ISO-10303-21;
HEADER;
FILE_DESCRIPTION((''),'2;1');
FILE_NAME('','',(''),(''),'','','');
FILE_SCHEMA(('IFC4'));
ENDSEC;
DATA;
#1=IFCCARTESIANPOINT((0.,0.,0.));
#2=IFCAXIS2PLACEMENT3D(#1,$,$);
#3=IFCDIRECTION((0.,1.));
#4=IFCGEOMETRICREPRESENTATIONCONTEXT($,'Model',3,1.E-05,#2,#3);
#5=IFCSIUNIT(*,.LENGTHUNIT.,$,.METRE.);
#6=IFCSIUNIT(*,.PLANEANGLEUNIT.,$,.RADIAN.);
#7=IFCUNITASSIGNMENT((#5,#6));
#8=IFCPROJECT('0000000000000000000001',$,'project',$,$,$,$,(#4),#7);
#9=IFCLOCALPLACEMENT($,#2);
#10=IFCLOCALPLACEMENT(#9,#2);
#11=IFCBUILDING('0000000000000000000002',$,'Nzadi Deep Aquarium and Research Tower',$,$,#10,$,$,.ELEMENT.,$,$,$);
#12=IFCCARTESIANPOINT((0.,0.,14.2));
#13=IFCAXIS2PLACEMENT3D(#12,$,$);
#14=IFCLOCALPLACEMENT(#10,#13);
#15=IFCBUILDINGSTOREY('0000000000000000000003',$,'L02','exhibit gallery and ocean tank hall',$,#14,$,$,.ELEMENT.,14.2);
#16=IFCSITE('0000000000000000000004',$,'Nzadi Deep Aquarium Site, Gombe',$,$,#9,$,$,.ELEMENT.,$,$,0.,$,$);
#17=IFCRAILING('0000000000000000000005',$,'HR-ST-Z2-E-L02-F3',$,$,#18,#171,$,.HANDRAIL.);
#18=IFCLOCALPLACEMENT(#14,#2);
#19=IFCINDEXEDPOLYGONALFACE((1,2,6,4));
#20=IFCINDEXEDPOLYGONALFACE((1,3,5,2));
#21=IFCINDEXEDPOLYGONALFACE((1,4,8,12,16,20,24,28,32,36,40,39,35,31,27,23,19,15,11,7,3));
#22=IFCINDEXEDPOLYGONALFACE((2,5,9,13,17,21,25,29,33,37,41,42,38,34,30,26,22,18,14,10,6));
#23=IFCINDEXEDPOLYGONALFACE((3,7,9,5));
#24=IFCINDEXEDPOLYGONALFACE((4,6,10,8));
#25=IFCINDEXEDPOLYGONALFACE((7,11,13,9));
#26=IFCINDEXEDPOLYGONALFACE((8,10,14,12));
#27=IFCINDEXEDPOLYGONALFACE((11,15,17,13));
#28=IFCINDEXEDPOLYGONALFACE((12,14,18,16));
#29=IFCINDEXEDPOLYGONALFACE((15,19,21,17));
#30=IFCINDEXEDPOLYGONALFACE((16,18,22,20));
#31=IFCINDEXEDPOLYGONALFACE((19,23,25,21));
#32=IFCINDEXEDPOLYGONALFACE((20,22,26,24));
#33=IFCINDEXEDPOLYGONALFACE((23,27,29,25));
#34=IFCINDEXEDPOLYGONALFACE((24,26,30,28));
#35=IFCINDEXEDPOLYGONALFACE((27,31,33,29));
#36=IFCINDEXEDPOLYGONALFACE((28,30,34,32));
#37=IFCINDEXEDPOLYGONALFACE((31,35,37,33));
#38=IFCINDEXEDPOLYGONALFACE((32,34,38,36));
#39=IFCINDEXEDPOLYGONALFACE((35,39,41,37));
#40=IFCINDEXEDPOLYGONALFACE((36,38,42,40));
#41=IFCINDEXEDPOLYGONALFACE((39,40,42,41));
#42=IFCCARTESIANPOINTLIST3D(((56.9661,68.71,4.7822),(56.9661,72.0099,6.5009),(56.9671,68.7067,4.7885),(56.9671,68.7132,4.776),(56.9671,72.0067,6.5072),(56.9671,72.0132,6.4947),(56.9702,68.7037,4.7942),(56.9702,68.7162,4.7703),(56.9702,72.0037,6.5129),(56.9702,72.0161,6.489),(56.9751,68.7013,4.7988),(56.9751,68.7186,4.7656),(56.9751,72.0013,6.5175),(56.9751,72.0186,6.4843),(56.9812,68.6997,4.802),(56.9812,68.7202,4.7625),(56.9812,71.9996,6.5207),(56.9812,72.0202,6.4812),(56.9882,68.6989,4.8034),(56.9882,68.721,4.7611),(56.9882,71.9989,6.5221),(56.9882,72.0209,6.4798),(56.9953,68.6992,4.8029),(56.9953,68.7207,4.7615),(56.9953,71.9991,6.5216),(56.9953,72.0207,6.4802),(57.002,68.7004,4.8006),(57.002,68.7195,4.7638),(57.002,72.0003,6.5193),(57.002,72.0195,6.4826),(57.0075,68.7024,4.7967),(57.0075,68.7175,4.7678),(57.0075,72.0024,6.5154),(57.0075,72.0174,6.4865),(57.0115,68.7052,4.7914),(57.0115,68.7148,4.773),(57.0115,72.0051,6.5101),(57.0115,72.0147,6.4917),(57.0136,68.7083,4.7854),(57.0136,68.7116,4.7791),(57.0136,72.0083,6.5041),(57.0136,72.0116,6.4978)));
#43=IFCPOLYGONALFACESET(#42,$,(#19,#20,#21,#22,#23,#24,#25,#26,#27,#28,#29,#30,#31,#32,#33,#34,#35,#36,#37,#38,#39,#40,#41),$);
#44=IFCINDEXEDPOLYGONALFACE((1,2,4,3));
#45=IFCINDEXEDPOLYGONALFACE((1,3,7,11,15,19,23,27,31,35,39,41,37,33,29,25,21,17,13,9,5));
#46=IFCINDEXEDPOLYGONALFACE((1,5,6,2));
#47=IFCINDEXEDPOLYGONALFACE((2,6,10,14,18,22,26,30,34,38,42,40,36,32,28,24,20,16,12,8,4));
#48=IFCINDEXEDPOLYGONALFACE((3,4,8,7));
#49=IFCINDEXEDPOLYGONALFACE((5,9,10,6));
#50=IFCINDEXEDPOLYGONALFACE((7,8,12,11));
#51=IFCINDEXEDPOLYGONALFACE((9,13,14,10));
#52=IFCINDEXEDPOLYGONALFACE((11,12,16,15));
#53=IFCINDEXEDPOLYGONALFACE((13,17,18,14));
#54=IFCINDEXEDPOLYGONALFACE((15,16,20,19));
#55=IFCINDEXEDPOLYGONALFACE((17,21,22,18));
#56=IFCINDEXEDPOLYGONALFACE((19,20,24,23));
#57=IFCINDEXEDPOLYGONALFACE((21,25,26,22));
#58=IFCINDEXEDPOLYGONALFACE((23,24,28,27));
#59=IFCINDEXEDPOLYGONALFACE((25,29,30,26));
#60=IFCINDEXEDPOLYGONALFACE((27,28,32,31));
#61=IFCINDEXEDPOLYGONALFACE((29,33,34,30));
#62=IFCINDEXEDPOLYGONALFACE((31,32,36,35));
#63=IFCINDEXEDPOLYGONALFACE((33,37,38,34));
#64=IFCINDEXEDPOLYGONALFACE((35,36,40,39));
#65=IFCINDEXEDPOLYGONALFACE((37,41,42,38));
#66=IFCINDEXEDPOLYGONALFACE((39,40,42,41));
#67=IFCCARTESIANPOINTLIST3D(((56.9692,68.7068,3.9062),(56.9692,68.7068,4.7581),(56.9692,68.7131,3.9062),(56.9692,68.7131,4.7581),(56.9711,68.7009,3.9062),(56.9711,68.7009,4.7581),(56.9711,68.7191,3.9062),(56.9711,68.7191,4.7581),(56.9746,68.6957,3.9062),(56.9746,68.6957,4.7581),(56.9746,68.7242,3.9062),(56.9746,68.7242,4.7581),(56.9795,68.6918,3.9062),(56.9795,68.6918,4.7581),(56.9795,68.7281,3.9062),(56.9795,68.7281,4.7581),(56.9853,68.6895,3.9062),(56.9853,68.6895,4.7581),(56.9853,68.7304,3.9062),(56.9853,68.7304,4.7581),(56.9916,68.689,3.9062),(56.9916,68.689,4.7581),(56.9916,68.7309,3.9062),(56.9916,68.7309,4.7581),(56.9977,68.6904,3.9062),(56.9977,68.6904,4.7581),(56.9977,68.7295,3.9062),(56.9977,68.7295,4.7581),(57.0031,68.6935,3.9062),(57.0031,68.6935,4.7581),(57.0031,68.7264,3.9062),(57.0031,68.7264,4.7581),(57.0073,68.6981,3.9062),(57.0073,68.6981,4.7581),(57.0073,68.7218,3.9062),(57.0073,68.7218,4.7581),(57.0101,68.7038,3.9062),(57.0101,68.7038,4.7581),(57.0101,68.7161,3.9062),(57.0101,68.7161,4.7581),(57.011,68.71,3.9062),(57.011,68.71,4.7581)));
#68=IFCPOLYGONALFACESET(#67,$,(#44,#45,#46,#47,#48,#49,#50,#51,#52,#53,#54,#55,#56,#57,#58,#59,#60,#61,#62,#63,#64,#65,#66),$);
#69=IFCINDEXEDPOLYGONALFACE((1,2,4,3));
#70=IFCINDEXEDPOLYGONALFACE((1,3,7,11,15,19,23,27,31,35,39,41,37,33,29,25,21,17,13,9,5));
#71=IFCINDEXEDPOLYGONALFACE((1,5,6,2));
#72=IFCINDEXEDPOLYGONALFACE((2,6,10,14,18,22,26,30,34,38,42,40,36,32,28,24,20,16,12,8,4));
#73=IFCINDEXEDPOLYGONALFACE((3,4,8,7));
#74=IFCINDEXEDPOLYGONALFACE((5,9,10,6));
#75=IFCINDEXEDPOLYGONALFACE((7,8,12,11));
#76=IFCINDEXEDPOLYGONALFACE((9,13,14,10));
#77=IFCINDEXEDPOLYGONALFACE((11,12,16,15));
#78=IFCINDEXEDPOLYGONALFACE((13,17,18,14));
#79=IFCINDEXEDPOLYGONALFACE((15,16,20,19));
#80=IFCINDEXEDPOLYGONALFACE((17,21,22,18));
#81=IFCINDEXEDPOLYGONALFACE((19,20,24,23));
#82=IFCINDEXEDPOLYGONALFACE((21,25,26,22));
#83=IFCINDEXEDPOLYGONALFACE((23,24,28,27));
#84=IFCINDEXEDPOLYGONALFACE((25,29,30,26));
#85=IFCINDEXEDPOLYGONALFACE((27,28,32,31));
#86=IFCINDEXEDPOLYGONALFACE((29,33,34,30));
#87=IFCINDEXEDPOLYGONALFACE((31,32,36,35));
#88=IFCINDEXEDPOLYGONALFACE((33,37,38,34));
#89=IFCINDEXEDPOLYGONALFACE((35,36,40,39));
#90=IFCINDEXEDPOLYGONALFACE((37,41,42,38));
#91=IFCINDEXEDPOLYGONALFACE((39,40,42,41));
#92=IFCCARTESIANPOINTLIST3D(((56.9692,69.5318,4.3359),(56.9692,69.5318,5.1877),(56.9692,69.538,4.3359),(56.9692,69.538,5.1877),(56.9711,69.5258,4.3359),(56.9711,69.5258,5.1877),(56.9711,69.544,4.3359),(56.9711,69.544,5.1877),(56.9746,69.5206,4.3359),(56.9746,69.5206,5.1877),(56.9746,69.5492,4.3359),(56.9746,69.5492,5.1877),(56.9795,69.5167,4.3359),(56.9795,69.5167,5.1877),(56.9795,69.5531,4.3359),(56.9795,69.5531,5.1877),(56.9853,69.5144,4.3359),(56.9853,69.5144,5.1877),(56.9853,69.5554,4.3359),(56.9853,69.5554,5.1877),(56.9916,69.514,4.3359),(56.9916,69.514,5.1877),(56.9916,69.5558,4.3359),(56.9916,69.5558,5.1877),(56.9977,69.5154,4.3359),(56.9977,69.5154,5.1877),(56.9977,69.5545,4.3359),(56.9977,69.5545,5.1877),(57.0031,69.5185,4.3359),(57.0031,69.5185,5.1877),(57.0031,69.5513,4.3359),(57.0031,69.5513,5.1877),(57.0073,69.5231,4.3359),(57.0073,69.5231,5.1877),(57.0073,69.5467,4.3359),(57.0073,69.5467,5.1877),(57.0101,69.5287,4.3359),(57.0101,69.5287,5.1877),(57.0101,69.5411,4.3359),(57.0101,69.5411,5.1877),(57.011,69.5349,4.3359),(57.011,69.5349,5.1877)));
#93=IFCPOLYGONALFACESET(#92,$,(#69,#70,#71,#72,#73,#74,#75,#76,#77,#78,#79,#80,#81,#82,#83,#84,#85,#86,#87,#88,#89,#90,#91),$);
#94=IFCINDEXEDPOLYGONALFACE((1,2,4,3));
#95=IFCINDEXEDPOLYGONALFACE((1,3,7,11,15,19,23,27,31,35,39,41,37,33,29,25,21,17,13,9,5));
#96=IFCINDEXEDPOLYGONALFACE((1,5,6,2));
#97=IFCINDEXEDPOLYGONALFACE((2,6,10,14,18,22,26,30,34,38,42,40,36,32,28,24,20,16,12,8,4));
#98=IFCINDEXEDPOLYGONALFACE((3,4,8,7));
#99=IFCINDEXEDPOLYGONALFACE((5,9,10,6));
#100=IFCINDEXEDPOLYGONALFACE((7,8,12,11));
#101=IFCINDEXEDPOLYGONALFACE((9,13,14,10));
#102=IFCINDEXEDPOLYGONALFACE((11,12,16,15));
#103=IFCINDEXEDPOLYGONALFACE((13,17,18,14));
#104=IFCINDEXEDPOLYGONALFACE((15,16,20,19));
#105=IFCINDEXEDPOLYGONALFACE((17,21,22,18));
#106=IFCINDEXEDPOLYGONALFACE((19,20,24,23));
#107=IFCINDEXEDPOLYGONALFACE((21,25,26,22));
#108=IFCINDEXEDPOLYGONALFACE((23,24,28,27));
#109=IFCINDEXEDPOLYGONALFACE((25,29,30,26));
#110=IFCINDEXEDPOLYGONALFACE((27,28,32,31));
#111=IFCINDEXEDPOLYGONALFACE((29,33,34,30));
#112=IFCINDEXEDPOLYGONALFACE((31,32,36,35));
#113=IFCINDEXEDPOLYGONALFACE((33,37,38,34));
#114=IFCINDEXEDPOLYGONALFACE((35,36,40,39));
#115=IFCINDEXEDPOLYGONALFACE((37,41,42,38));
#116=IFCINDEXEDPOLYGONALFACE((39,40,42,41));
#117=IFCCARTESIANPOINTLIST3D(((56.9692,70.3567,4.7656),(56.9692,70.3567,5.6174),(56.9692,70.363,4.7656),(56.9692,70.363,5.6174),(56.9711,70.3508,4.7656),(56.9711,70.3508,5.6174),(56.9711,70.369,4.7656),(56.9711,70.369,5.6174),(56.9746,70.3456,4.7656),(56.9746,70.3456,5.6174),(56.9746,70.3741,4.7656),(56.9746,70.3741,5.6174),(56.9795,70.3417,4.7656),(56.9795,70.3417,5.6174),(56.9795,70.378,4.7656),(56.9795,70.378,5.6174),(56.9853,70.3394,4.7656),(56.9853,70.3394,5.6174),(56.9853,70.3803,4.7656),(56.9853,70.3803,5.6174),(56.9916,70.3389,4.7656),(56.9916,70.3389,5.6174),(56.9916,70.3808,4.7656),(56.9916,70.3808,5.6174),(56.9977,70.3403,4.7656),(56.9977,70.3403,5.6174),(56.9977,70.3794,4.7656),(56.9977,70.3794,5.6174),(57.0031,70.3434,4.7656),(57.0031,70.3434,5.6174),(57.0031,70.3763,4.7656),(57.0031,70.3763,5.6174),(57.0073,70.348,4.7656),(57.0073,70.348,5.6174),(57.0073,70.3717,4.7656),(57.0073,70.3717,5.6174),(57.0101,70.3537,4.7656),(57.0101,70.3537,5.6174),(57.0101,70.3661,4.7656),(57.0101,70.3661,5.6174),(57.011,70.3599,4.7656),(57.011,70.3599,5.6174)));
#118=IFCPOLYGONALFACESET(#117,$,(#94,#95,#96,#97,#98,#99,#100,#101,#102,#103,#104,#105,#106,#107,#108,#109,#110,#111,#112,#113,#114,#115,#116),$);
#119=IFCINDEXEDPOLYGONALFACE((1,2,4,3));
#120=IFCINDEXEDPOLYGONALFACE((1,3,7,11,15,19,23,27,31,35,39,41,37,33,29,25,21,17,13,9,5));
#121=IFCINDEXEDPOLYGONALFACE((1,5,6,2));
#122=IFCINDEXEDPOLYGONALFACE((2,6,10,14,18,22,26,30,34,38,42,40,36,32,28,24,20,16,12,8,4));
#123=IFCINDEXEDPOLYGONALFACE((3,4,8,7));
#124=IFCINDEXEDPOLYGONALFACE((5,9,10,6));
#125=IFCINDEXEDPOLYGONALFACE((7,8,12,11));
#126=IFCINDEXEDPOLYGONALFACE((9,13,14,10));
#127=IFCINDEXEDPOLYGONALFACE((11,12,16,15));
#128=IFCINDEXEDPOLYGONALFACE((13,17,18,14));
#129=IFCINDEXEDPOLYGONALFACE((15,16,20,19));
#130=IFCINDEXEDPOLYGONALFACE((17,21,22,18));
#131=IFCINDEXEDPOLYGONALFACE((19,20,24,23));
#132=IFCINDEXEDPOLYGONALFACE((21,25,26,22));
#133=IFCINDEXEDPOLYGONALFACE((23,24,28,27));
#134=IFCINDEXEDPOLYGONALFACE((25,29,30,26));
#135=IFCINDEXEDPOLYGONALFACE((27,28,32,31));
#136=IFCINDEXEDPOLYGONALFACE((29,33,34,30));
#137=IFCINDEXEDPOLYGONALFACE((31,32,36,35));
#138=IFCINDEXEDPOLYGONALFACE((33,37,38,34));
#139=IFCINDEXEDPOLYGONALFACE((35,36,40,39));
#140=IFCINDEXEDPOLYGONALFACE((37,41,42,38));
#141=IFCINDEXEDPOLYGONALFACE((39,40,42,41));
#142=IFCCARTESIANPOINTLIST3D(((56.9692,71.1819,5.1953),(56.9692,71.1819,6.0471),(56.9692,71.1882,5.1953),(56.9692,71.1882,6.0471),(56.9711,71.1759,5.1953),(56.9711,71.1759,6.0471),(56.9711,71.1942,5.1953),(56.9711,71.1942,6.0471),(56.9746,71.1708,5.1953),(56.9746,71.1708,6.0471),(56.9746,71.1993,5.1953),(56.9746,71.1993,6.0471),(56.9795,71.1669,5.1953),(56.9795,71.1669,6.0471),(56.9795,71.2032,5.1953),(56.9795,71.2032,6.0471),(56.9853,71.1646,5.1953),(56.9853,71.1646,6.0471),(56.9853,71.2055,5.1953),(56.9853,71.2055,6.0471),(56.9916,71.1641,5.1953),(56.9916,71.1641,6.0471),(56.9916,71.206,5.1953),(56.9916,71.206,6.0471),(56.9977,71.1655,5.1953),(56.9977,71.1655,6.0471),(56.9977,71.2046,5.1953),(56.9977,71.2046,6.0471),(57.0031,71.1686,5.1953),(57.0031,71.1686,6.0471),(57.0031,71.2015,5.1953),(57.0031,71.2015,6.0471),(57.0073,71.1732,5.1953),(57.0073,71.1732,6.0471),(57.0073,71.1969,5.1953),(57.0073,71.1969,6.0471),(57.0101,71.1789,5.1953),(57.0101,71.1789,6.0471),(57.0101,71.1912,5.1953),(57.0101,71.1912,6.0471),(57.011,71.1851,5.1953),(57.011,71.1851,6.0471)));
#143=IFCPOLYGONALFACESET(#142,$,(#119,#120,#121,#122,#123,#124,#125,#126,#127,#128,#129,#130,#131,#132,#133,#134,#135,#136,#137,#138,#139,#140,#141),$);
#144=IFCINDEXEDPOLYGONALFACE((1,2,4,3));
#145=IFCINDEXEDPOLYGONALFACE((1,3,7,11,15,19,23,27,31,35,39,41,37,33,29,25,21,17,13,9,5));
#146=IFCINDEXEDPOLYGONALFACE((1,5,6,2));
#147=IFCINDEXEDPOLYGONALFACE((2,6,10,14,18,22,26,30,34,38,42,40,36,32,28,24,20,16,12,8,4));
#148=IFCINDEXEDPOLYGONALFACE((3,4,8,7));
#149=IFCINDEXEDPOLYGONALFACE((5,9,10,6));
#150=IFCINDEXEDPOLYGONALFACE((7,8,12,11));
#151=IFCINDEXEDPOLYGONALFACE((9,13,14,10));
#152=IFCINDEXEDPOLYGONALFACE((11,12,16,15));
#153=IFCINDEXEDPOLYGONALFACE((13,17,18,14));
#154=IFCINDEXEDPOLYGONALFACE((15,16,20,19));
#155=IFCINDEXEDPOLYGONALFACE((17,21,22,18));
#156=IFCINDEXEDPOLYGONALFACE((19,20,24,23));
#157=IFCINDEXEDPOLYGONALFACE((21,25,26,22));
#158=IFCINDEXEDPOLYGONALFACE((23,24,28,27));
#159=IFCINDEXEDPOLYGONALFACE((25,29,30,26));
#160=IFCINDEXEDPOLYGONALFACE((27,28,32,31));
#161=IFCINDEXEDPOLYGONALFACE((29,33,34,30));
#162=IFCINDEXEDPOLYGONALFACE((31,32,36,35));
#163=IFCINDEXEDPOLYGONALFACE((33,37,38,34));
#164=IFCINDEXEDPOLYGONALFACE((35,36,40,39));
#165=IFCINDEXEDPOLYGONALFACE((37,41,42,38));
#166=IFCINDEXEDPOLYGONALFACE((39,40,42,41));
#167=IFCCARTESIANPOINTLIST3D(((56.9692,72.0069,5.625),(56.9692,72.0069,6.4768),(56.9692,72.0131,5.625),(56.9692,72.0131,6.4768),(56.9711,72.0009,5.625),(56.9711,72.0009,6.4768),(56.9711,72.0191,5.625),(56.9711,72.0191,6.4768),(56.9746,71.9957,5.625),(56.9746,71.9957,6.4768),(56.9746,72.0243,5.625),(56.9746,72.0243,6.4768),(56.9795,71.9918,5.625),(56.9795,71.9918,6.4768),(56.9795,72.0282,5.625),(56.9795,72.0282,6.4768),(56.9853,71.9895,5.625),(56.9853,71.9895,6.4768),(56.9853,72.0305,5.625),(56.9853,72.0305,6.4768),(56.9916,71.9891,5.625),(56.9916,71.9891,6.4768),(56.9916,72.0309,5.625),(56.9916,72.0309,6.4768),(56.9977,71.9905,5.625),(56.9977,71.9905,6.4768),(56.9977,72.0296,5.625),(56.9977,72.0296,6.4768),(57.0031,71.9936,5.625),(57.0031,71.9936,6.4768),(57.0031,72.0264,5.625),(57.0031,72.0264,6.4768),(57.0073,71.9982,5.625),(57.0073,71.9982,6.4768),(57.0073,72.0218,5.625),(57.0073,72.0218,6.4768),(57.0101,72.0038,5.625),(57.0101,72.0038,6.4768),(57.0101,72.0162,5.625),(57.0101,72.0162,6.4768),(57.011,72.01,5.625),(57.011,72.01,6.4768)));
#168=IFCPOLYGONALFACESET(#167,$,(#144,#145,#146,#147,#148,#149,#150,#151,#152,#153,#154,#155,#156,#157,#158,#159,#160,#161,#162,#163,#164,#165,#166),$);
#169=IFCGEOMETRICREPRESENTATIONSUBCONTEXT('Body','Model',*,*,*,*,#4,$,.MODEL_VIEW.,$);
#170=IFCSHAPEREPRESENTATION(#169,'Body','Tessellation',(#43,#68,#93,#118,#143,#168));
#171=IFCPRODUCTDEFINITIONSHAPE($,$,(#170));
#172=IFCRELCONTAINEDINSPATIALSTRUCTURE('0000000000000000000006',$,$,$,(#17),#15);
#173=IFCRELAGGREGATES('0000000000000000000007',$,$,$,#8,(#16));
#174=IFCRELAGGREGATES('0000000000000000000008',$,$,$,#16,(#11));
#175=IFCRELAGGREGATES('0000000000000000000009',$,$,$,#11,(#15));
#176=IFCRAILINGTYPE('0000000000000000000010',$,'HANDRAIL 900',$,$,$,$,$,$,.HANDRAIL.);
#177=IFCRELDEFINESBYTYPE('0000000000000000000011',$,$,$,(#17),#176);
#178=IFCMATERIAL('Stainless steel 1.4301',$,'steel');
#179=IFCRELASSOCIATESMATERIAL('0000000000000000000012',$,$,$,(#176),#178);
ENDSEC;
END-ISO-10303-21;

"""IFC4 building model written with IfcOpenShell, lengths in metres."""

from ifc_helpers import new_model, si_unit, direction, frame, origin, origin_2d, place, context, subcontext, project, spatial, circle, extrude, material, type_object, element, save


model = new_model("IFC4")

# Units and contexts
model_context = context("Model", 3, precision=1e-05, world=origin(), true_north=direction((0.0, 1.0)))
body_context = subcontext(model_context, "Body", "Model", "MODEL_VIEW")
ifc_project = project(units=[si_unit("LENGTHUNIT", "METRE"), si_unit("PLANEANGLEUNIT", "RADIAN")], contexts=[model_context])

# Site, building, storey
site_placement = place(None, origin())
site = spatial("IfcSite", under=ifc_project, at=site_placement, Name="Nzadi Deep Aquarium Site, Gombe", CompositionType="ELEMENT", RefElevation=0.0)
building_placement = place(site_placement, origin())
building = spatial("IfcBuilding", under=site, at=building_placement, Name="Nzadi Deep Aquarium and Research Tower", CompositionType="ELEMENT")
storey_placement = place(building_placement, frame((0.0, 0.0, 14.2)))
storey = spatial("IfcBuildingStorey", under=building, at=storey_placement, Name="L02", Description="exhibit gallery and ocean tank hall", CompositionType="ELEMENT", Elevation=14.2)

# Railing
ifc_material_1 = material(Name="Stainless steel 1.4301", Category="steel")
railing_type = type_object("IfcRailingType", Name="HANDRAIL 900", PredefinedType="HANDRAIL", material=ifc_material_1)
for number, where, name in (
    (1, (56.99, 68.71, 3.9062), "HR-ST-Z2-E-L02-F3"),
):
    element("IfcRailing", number, at=place(storey_placement, frame(where)), inside=storey, type_object=railing_type, Name=name, PredefinedType="HANDRAIL", context=body_context, shape_type="SweptSolid", body=[
        extrude(circle(Radius=0.0239, at=origin_2d()), frame((0.0, 0.0, 0.876), z_axis=(0.0, 0.886917, 0.461929), x_axis=(-1.0, 0.0, 0.0)), (0.0, 0.0, 1.0), 3.7207),
        extrude(circle(Radius=0.021, at=origin_2d()), origin(), (0.0, 0.0, 1.0), 0.8518),
        extrude(circle(Radius=0.021, at=origin_2d()), frame((0.0, 0.825, 0.4297)), (0.0, 0.0, 1.0), 0.8518),
        extrude(circle(Radius=0.021, at=origin_2d()), frame((0.0, 1.6499, 0.8594)), (0.0, 0.0, 1.0), 0.8518),
        extrude(circle(Radius=0.021, at=origin_2d()), frame((0.0, 2.4751, 1.2891)), (0.0, 0.0, 1.0), 0.8518),
        extrude(circle(Radius=0.021, at=origin_2d()), frame((0.0, 3.3, 1.7188)), (0.0, 0.0, 1.0), 0.8518),
    ])

save(model, "model.ifc")
